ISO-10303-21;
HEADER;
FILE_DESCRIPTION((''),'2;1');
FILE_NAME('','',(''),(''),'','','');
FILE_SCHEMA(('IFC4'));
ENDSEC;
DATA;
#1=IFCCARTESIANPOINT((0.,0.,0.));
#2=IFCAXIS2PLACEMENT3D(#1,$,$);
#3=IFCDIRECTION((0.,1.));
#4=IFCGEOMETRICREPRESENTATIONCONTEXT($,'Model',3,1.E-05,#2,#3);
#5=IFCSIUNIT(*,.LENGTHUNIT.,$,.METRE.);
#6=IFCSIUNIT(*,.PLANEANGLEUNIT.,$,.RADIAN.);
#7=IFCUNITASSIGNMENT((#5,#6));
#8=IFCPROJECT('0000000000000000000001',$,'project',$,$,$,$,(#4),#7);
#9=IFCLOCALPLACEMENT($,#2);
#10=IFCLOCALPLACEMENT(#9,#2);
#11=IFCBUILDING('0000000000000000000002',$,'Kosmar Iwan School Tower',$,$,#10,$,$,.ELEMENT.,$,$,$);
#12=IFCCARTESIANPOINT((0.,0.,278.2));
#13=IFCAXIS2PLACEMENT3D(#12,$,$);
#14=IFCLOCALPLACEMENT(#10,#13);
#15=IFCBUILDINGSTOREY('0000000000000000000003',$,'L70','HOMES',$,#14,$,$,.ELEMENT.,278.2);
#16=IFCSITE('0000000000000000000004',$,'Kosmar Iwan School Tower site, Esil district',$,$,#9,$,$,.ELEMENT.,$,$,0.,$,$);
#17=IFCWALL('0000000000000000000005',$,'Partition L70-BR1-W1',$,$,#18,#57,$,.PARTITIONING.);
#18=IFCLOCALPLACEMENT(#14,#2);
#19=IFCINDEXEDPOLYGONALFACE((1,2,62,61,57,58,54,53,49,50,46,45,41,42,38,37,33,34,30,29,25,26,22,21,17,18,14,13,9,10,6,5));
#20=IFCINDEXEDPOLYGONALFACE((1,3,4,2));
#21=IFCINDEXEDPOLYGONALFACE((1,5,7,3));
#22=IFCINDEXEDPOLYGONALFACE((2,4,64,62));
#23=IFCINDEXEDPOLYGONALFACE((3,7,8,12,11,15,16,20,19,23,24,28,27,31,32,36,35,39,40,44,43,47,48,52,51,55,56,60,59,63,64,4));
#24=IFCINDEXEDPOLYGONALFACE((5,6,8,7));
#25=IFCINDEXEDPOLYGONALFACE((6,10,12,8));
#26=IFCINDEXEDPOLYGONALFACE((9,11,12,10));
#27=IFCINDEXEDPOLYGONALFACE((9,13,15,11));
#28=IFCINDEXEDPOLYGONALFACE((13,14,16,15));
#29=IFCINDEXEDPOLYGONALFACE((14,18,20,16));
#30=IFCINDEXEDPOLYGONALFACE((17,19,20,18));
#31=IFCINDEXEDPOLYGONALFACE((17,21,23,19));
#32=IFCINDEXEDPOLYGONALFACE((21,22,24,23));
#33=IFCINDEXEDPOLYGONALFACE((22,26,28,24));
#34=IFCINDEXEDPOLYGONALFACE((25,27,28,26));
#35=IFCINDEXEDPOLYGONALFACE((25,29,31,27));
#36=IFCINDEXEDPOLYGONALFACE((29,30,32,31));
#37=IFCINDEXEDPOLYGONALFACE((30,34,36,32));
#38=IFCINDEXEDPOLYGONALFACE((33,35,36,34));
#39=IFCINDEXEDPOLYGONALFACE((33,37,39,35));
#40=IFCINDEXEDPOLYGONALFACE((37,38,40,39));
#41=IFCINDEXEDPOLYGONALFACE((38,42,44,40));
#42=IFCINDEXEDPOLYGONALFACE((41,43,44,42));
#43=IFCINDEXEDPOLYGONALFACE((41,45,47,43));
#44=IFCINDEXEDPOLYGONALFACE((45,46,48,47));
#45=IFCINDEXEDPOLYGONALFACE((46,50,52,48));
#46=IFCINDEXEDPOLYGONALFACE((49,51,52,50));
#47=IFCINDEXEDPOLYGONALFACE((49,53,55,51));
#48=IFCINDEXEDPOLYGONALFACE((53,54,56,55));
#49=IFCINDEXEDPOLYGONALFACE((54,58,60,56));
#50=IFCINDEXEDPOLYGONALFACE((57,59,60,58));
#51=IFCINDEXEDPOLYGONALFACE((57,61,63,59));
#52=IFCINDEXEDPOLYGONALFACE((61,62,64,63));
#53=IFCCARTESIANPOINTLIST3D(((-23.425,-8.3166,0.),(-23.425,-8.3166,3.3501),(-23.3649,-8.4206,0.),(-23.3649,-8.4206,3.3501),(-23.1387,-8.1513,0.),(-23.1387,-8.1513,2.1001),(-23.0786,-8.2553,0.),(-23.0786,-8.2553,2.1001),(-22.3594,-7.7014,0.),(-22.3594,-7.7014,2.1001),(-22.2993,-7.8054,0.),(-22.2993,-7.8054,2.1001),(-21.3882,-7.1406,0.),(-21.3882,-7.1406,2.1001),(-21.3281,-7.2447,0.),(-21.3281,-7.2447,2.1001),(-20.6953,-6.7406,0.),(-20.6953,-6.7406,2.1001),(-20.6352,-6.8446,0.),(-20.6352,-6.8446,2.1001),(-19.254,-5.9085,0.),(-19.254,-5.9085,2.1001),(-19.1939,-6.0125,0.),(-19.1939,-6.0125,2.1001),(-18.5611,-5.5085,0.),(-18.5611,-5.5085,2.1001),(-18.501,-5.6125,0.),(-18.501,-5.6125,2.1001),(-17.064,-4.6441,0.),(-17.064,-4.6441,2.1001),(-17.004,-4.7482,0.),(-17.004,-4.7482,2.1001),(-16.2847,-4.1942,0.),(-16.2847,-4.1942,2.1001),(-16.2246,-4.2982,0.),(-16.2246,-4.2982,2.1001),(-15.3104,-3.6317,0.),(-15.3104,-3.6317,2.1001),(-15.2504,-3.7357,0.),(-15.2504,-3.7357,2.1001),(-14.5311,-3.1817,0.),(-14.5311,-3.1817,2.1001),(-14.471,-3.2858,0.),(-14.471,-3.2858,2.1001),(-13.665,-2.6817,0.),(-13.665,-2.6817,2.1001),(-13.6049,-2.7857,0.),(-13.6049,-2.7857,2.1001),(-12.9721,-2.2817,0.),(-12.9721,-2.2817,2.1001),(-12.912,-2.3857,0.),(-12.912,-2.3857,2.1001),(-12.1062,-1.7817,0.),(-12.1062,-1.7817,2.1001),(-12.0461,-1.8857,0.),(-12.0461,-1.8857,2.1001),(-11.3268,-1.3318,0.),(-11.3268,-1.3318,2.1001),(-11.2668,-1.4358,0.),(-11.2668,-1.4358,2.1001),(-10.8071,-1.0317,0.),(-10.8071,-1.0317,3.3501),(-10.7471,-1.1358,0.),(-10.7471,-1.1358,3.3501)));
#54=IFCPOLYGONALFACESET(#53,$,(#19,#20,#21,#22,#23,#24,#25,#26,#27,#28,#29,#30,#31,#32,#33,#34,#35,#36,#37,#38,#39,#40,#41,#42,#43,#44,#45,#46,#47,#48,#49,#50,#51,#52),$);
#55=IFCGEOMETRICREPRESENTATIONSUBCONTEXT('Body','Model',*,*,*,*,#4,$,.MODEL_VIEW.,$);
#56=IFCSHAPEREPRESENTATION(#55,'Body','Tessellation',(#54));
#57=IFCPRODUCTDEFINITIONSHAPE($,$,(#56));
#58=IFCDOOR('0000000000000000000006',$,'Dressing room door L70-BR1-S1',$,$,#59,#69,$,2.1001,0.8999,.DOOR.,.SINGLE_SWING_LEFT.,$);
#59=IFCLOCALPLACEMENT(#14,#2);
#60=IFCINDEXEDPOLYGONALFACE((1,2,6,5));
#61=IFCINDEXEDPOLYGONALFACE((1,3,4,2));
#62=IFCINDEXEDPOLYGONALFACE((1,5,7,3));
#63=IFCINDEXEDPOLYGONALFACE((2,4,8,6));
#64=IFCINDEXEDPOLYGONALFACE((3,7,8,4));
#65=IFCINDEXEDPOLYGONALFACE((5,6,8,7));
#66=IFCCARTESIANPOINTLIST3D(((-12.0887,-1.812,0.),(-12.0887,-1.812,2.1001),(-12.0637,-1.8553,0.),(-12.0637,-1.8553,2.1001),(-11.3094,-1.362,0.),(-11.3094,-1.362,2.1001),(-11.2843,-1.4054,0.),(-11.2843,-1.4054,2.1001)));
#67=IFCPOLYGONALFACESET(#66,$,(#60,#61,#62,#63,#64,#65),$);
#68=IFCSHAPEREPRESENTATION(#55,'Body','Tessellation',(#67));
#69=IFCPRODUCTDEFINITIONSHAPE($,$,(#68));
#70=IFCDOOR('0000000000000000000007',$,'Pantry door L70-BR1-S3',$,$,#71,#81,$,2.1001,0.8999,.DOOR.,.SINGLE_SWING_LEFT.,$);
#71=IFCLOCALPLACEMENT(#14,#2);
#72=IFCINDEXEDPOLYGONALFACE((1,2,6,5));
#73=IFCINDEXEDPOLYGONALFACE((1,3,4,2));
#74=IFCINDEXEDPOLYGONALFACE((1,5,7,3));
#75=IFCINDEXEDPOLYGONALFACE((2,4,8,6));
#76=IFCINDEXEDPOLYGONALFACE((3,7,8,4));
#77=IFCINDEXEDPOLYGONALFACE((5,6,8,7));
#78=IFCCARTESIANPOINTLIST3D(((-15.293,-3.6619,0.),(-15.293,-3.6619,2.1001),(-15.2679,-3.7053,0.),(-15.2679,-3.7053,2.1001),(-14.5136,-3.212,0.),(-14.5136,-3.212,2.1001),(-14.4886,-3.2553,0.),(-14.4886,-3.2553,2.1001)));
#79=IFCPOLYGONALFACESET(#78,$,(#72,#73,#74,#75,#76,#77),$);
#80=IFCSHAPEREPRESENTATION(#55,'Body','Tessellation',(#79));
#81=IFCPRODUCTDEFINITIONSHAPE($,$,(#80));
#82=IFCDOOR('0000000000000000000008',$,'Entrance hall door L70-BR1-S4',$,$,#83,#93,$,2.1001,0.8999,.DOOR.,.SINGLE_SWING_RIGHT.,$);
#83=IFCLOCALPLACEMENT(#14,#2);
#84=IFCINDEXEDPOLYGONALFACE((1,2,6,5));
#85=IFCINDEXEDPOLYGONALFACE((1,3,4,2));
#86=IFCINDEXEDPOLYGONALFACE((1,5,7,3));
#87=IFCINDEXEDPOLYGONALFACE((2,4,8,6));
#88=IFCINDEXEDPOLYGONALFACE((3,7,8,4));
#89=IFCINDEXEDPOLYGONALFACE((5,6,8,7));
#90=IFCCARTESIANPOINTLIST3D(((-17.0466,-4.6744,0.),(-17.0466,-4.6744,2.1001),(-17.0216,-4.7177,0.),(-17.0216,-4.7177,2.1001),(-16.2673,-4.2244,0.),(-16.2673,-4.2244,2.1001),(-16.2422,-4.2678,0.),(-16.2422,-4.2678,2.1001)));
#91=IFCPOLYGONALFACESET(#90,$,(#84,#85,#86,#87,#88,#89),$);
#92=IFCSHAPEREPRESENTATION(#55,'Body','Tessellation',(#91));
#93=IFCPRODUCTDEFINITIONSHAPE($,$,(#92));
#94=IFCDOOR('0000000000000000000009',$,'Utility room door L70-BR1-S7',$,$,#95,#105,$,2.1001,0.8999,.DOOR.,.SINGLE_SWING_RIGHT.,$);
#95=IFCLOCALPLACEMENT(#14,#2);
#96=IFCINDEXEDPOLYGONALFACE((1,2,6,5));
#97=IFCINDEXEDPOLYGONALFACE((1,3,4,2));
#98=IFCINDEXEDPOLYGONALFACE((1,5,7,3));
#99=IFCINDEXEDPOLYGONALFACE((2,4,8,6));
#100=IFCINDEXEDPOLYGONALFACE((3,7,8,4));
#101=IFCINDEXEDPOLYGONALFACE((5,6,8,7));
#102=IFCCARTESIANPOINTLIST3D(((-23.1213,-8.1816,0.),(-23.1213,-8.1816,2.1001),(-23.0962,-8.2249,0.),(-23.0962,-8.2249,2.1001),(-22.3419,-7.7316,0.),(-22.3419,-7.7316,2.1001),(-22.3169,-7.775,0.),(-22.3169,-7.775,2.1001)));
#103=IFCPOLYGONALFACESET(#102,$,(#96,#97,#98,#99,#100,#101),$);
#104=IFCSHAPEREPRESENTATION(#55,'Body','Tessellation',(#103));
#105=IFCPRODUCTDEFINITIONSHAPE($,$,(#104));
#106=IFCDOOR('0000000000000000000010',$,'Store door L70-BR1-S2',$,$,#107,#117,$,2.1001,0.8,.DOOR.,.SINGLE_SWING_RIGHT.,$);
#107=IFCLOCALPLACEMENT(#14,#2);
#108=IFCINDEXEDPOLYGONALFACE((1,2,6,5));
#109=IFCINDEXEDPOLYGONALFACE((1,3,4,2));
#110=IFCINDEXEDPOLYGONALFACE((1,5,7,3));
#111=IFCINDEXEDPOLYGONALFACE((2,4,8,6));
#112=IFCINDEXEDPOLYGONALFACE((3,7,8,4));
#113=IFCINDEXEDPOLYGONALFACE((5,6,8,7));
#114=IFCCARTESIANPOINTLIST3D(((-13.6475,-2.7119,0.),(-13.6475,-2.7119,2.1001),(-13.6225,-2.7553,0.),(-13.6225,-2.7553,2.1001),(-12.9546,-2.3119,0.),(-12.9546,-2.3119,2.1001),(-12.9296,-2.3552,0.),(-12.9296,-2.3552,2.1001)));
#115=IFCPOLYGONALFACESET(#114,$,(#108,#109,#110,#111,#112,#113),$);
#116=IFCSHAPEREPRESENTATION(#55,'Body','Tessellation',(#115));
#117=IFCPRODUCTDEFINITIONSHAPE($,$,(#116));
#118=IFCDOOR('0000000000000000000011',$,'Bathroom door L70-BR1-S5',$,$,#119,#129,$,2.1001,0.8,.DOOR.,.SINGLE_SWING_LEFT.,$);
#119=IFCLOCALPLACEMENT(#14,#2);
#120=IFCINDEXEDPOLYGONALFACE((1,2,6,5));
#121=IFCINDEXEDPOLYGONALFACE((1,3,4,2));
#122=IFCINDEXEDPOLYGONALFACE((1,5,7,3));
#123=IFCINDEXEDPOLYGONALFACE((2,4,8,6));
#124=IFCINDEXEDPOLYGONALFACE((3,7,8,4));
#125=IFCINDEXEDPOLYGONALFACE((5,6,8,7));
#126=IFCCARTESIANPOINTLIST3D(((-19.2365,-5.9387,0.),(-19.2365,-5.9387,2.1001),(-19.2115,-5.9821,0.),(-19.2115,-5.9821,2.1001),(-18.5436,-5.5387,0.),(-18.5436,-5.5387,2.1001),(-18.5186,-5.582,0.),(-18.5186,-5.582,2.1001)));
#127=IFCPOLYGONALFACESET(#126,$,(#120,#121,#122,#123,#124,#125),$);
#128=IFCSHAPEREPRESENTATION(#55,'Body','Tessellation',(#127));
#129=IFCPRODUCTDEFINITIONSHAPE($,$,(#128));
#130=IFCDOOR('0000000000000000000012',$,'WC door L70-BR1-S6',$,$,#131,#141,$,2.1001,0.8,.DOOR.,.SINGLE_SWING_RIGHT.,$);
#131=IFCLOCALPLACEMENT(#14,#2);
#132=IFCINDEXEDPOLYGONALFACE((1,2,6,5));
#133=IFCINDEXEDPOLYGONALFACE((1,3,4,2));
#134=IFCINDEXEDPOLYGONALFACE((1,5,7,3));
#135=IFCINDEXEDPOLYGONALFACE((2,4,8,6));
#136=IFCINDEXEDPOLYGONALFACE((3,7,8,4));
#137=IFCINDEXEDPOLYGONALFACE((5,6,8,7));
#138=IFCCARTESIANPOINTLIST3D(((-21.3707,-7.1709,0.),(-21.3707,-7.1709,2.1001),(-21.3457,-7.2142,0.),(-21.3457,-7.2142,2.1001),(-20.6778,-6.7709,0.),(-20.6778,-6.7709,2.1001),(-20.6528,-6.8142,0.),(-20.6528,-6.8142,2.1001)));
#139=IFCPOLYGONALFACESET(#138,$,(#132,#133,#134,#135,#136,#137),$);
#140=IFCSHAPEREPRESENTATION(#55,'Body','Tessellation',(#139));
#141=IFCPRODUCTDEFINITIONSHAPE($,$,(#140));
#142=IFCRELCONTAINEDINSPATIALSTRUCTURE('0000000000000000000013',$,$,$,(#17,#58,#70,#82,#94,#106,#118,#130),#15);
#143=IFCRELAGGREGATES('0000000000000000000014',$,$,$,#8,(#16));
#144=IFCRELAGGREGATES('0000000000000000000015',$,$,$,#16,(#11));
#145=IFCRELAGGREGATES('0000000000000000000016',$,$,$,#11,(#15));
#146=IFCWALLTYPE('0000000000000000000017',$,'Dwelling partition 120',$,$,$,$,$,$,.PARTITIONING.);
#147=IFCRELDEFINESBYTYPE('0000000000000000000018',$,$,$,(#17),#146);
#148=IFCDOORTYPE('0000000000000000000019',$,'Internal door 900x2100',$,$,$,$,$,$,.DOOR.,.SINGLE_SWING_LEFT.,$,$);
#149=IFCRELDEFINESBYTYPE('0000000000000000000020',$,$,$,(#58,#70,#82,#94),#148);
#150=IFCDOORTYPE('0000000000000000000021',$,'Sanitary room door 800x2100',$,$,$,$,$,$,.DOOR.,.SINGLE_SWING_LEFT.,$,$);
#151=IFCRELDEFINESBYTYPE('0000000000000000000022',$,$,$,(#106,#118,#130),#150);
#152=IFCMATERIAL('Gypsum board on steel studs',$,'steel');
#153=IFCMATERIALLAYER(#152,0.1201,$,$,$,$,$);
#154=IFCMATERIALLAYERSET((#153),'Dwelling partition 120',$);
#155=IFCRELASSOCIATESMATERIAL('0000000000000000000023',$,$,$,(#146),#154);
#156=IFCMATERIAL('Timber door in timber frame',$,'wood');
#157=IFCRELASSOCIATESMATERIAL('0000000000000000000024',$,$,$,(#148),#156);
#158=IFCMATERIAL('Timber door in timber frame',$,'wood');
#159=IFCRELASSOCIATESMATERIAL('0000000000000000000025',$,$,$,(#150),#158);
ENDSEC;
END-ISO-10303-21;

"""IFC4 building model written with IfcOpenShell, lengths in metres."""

from ifc_helpers import new_model, si_unit, direction, frame, frame_2d, origin, place, context, subcontext, project, spatial, rectangle, extrude, material, layer, layer_set, type_object, element, fill, save


model = new_model("IFC4")

# Units and contexts
model_context = context("Model", 3, precision=1e-05, world=origin(), true_north=direction((0.0, 1.0)))
body_context = subcontext(model_context, "Body", "Model", "MODEL_VIEW")
ifc_project = project(units=[si_unit("LENGTHUNIT", "METRE"), si_unit("PLANEANGLEUNIT", "RADIAN")], contexts=[model_context])

# Site, building, storey
site_placement = place(None, origin())
site = spatial("IfcSite", under=ifc_project, at=site_placement, Name="Kosmar Iwan School Tower site, Esil district", CompositionType="ELEMENT", RefElevation=0.0)
building_placement = place(site_placement, origin())
building = spatial("IfcBuilding", under=site, at=building_placement, Name="Kosmar Iwan School Tower", CompositionType="ELEMENT")
storey_placement = place(building_placement, frame((0.0, 0.0, 278.2)))
storey = spatial("IfcBuildingStorey", under=building, at=storey_placement, Name="L70", Description="HOMES", CompositionType="ELEMENT", Elevation=278.2)

# Wall, openings, doors
ifc_material_1 = material(Name="Gypsum board on steel studs", Category="steel")
ifc_layer_1 = layer(ifc_material_1, 0.1201)
ifc_layer_set_1 = layer_set([ifc_layer_1], Name="Dwelling partition 120")
wall_type_1 = type_object("IfcWallType", Name="Dwelling partition 120", PredefinedType="PARTITIONING", material=ifc_layer_set_1)
wall_1_placement = place(storey_placement, frame((-10.7771, -1.0837, 0.0), z_axis=(0.0, 0.0, 1.0), x_axis=(-0.866027, -0.499998, 0.0)))
wall_1 = element("IfcWall", 1, at=wall_1_placement, inside=storey, type_object=wall_type_1, Name="Partition L70-BR1-W1", PredefinedType="PARTITIONING", context=body_context, shape_type="SweptSolid", body=[
    extrude(rectangle(XDim=14.5698, YDim=0.1201, at=frame_2d((7.2849, 0.0))), origin(), (0.0, 0.0, 1.0), 3.3501),
])
opening_1_placement = place(wall_1_placement, frame((0.6001, 0.0, 0.0)))
opening_1 = element("IfcOpeningElement", 2, at=opening_1_placement, cuts=wall_1, PredefinedType="OPENING", context=body_context, shape_type="SweptSolid", body=[
    extrude(rectangle(XDim=0.8999, YDim=2.1001, at=frame_2d((0.45, 1.05))), frame((0.0, 0.072, 0.0), z_axis=(0.0, -1.0, 0.0), x_axis=(1.0, 0.0, 0.0)), (0.0, 0.0, 1.0), 0.144),
])
opening_2_placement = place(wall_1_placement, frame((2.5, 0.0, 0.0)))
opening_2 = element("IfcOpeningElement", 3, at=opening_2_placement, cuts=wall_1, PredefinedType="OPENING", context=body_context, shape_type="SweptSolid", body=[
    extrude(rectangle(XDim=0.8, YDim=2.1001, at=frame_2d((0.3999, 1.05))), frame((0.0, 0.072, 0.0), z_axis=(0.0, -1.0, 0.0), x_axis=(1.0, 0.0, 0.0)), (0.0, 0.0, 1.0), 0.144),
])
opening_3_placement = place(wall_1_placement, frame((4.3, 0.0, 0.0)))
opening_3 = element("IfcOpeningElement", 4, at=opening_3_placement, cuts=wall_1, PredefinedType="OPENING", context=body_context, shape_type="SweptSolid", body=[
    extrude(rectangle(XDim=0.8999, YDim=2.1001, at=frame_2d((0.45, 1.05))), frame((0.0, 0.072, 0.0), z_axis=(0.0, -1.0, 0.0), x_axis=(1.0, 0.0, 0.0)), (0.0, 0.0, 1.0), 0.144),
])
opening_4_placement = place(wall_1_placement, frame((6.325, 0.0, 0.0)))
opening_4 = element("IfcOpeningElement", 5, at=opening_4_placement, cuts=wall_1, PredefinedType="OPENING", context=body_context, shape_type="SweptSolid", body=[
    extrude(rectangle(XDim=0.8999, YDim=2.1001, at=frame_2d((0.45, 1.05))), frame((0.0, 0.072, 0.0), z_axis=(0.0, -1.0, 0.0), x_axis=(1.0, 0.0, 0.0)), (0.0, 0.0, 1.0), 0.144),
])
opening_5_placement = place(wall_1_placement, frame((8.9536, 0.0, 0.0)))
opening_5 = element("IfcOpeningElement", 6, at=opening_5_placement, cuts=wall_1, PredefinedType="OPENING", context=body_context, shape_type="SweptSolid", body=[
    extrude(rectangle(XDim=0.8, YDim=2.1001, at=frame_2d((0.3999, 1.05))), frame((0.0, 0.072, 0.0), z_axis=(0.0, -1.0, 0.0), x_axis=(1.0, 0.0, 0.0)), (0.0, 0.0, 1.0), 0.144),
])
opening_6_placement = place(wall_1_placement, frame((11.418, 0.0, 0.0)))
opening_6 = element("IfcOpeningElement", 7, at=opening_6_placement, cuts=wall_1, PredefinedType="OPENING", context=body_context, shape_type="SweptSolid", body=[
    extrude(rectangle(XDim=0.8, YDim=2.1001, at=frame_2d((0.3999, 1.05))), frame((0.0, 0.072, 0.0), z_axis=(0.0, -1.0, 0.0), x_axis=(1.0, 0.0, 0.0)), (0.0, 0.0, 1.0), 0.144),
])
opening_7_placement = place(wall_1_placement, frame((13.3394, 0.0, 0.0)))
opening_7 = element("IfcOpeningElement", 8, at=opening_7_placement, cuts=wall_1, PredefinedType="OPENING", context=body_context, shape_type="SweptSolid", body=[
    extrude(rectangle(XDim=0.8999, YDim=2.1001, at=frame_2d((0.45, 1.05))), frame((0.0, 0.072, 0.0), z_axis=(0.0, -1.0, 0.0), x_axis=(1.0, 0.0, 0.0)), (0.0, 0.0, 1.0), 0.144),
])
ifc_material_2 = material(Name="Timber door in timber frame", Category="wood")
door_type_1 = type_object("IfcDoorType", Name="Internal door 900x2100", OperationType="SINGLE_SWING_LEFT", PredefinedType="DOOR", material=ifc_material_2)
door_1_placement = place(opening_1_placement, origin())
door_1 = element("IfcDoor", 9, at=door_1_placement, inside=storey, type_object=door_type_1, Name="Dressing room door L70-BR1-S1", OperationType="SINGLE_SWING_LEFT", OverallHeight=2.1001, OverallWidth=0.8999, PredefinedType="DOOR", context=body_context, shape_type="SweptSolid", body=[
    extrude(rectangle(XDim=0.8999, YDim=2.1001, at=frame_2d((0.45, 1.05))), frame((0.0, 0.0249, 0.0), z_axis=(0.0, -1.0, 0.0), x_axis=(1.0, 0.0, 0.0)), (0.0, 0.0, 1.0), 0.05),
])
fill(opening_1, door_1)
door_2_placement = place(opening_3_placement, origin())
door_2 = element("IfcDoor", 10, at=door_2_placement, inside=storey, type_object=door_type_1, Name="Pantry door L70-BR1-S3", OperationType="SINGLE_SWING_LEFT", OverallHeight=2.1001, OverallWidth=0.8999, PredefinedType="DOOR", context=body_context, shape_type="SweptSolid", body=[
    extrude(rectangle(XDim=0.8999, YDim=2.1001, at=frame_2d((0.45, 1.05))), frame((0.0, 0.0249, 0.0), z_axis=(0.0, -1.0, 0.0), x_axis=(1.0, 0.0, 0.0)), (0.0, 0.0, 1.0), 0.05),
])
fill(opening_3, door_2)
door_3_placement = place(opening_4_placement, origin())
door_3 = element("IfcDoor", 11, at=door_3_placement, inside=storey, type_object=door_type_1, Name="Entrance hall door L70-BR1-S4", OperationType="SINGLE_SWING_RIGHT", OverallHeight=2.1001, OverallWidth=0.8999, PredefinedType="DOOR", context=body_context, shape_type="SweptSolid", body=[
    extrude(rectangle(XDim=0.8999, YDim=2.1001, at=frame_2d((0.45, 1.05))), frame((0.0, 0.0249, 0.0), z_axis=(0.0, -1.0, 0.0), x_axis=(1.0, 0.0, 0.0)), (0.0, 0.0, 1.0), 0.05),
])
fill(opening_4, door_3)
door_4_placement = place(opening_7_placement, origin())
door_4 = element("IfcDoor", 12, at=door_4_placement, inside=storey, type_object=door_type_1, Name="Utility room door L70-BR1-S7", OperationType="SINGLE_SWING_RIGHT", OverallHeight=2.1001, OverallWidth=0.8999, PredefinedType="DOOR", context=body_context, shape_type="SweptSolid", body=[
    extrude(rectangle(XDim=0.8999, YDim=2.1001, at=frame_2d((0.45, 1.05))), frame((0.0, 0.0249, 0.0), z_axis=(0.0, -1.0, 0.0), x_axis=(1.0, 0.0, 0.0)), (0.0, 0.0, 1.0), 0.05),
])
fill(opening_7, door_4)
ifc_material_3 = material(Name="Timber door in timber frame", Category="wood")
door_type_2 = type_object("IfcDoorType", Name="Sanitary room door 800x2100", OperationType="SINGLE_SWING_LEFT", PredefinedType="DOOR", material=ifc_material_3)
door_5_placement = place(opening_2_placement, origin())
door_5 = element("IfcDoor", 13, at=door_5_placement, inside=storey, type_object=door_type_2, Name="Store door L70-BR1-S2", OperationType="SINGLE_SWING_RIGHT", OverallHeight=2.1001, OverallWidth=0.8, PredefinedType="DOOR", context=body_context, shape_type="SweptSolid", body=[
    extrude(rectangle(XDim=0.8, YDim=2.1001, at=frame_2d((0.3999, 1.05))), frame((0.0, 0.0249, 0.0), z_axis=(0.0, -1.0, 0.0), x_axis=(1.0, 0.0, 0.0)), (0.0, 0.0, 1.0), 0.05),
])
fill(opening_2, door_5)
door_6_placement = place(opening_5_placement, origin())
door_6 = element("IfcDoor", 14, at=door_6_placement, inside=storey, type_object=door_type_2, Name="Bathroom door L70-BR1-S5", OperationType="SINGLE_SWING_LEFT", OverallHeight=2.1001, OverallWidth=0.8, PredefinedType="DOOR", context=body_context, shape_type="SweptSolid", body=[
    extrude(rectangle(XDim=0.8, YDim=2.1001, at=frame_2d((0.3999, 1.05))), frame((0.0, 0.0249, 0.0), z_axis=(0.0, -1.0, 0.0), x_axis=(1.0, 0.0, 0.0)), (0.0, 0.0, 1.0), 0.05),
])
fill(opening_5, door_6)
door_7_placement = place(opening_6_placement, origin())
door_7 = element("IfcDoor", 15, at=door_7_placement, inside=storey, type_object=door_type_2, Name="WC door L70-BR1-S6", OperationType="SINGLE_SWING_RIGHT", OverallHeight=2.1001, OverallWidth=0.8, PredefinedType="DOOR", context=body_context, shape_type="SweptSolid", body=[
    extrude(rectangle(XDim=0.8, YDim=2.1001, at=frame_2d((0.3999, 1.05))), frame((0.0, 0.0249, 0.0), z_axis=(0.0, -1.0, 0.0), x_axis=(1.0, 0.0, 0.0)), (0.0, 0.0, 1.0), 0.05),
])
fill(opening_6, door_7)

save(model, "model.ifc")
